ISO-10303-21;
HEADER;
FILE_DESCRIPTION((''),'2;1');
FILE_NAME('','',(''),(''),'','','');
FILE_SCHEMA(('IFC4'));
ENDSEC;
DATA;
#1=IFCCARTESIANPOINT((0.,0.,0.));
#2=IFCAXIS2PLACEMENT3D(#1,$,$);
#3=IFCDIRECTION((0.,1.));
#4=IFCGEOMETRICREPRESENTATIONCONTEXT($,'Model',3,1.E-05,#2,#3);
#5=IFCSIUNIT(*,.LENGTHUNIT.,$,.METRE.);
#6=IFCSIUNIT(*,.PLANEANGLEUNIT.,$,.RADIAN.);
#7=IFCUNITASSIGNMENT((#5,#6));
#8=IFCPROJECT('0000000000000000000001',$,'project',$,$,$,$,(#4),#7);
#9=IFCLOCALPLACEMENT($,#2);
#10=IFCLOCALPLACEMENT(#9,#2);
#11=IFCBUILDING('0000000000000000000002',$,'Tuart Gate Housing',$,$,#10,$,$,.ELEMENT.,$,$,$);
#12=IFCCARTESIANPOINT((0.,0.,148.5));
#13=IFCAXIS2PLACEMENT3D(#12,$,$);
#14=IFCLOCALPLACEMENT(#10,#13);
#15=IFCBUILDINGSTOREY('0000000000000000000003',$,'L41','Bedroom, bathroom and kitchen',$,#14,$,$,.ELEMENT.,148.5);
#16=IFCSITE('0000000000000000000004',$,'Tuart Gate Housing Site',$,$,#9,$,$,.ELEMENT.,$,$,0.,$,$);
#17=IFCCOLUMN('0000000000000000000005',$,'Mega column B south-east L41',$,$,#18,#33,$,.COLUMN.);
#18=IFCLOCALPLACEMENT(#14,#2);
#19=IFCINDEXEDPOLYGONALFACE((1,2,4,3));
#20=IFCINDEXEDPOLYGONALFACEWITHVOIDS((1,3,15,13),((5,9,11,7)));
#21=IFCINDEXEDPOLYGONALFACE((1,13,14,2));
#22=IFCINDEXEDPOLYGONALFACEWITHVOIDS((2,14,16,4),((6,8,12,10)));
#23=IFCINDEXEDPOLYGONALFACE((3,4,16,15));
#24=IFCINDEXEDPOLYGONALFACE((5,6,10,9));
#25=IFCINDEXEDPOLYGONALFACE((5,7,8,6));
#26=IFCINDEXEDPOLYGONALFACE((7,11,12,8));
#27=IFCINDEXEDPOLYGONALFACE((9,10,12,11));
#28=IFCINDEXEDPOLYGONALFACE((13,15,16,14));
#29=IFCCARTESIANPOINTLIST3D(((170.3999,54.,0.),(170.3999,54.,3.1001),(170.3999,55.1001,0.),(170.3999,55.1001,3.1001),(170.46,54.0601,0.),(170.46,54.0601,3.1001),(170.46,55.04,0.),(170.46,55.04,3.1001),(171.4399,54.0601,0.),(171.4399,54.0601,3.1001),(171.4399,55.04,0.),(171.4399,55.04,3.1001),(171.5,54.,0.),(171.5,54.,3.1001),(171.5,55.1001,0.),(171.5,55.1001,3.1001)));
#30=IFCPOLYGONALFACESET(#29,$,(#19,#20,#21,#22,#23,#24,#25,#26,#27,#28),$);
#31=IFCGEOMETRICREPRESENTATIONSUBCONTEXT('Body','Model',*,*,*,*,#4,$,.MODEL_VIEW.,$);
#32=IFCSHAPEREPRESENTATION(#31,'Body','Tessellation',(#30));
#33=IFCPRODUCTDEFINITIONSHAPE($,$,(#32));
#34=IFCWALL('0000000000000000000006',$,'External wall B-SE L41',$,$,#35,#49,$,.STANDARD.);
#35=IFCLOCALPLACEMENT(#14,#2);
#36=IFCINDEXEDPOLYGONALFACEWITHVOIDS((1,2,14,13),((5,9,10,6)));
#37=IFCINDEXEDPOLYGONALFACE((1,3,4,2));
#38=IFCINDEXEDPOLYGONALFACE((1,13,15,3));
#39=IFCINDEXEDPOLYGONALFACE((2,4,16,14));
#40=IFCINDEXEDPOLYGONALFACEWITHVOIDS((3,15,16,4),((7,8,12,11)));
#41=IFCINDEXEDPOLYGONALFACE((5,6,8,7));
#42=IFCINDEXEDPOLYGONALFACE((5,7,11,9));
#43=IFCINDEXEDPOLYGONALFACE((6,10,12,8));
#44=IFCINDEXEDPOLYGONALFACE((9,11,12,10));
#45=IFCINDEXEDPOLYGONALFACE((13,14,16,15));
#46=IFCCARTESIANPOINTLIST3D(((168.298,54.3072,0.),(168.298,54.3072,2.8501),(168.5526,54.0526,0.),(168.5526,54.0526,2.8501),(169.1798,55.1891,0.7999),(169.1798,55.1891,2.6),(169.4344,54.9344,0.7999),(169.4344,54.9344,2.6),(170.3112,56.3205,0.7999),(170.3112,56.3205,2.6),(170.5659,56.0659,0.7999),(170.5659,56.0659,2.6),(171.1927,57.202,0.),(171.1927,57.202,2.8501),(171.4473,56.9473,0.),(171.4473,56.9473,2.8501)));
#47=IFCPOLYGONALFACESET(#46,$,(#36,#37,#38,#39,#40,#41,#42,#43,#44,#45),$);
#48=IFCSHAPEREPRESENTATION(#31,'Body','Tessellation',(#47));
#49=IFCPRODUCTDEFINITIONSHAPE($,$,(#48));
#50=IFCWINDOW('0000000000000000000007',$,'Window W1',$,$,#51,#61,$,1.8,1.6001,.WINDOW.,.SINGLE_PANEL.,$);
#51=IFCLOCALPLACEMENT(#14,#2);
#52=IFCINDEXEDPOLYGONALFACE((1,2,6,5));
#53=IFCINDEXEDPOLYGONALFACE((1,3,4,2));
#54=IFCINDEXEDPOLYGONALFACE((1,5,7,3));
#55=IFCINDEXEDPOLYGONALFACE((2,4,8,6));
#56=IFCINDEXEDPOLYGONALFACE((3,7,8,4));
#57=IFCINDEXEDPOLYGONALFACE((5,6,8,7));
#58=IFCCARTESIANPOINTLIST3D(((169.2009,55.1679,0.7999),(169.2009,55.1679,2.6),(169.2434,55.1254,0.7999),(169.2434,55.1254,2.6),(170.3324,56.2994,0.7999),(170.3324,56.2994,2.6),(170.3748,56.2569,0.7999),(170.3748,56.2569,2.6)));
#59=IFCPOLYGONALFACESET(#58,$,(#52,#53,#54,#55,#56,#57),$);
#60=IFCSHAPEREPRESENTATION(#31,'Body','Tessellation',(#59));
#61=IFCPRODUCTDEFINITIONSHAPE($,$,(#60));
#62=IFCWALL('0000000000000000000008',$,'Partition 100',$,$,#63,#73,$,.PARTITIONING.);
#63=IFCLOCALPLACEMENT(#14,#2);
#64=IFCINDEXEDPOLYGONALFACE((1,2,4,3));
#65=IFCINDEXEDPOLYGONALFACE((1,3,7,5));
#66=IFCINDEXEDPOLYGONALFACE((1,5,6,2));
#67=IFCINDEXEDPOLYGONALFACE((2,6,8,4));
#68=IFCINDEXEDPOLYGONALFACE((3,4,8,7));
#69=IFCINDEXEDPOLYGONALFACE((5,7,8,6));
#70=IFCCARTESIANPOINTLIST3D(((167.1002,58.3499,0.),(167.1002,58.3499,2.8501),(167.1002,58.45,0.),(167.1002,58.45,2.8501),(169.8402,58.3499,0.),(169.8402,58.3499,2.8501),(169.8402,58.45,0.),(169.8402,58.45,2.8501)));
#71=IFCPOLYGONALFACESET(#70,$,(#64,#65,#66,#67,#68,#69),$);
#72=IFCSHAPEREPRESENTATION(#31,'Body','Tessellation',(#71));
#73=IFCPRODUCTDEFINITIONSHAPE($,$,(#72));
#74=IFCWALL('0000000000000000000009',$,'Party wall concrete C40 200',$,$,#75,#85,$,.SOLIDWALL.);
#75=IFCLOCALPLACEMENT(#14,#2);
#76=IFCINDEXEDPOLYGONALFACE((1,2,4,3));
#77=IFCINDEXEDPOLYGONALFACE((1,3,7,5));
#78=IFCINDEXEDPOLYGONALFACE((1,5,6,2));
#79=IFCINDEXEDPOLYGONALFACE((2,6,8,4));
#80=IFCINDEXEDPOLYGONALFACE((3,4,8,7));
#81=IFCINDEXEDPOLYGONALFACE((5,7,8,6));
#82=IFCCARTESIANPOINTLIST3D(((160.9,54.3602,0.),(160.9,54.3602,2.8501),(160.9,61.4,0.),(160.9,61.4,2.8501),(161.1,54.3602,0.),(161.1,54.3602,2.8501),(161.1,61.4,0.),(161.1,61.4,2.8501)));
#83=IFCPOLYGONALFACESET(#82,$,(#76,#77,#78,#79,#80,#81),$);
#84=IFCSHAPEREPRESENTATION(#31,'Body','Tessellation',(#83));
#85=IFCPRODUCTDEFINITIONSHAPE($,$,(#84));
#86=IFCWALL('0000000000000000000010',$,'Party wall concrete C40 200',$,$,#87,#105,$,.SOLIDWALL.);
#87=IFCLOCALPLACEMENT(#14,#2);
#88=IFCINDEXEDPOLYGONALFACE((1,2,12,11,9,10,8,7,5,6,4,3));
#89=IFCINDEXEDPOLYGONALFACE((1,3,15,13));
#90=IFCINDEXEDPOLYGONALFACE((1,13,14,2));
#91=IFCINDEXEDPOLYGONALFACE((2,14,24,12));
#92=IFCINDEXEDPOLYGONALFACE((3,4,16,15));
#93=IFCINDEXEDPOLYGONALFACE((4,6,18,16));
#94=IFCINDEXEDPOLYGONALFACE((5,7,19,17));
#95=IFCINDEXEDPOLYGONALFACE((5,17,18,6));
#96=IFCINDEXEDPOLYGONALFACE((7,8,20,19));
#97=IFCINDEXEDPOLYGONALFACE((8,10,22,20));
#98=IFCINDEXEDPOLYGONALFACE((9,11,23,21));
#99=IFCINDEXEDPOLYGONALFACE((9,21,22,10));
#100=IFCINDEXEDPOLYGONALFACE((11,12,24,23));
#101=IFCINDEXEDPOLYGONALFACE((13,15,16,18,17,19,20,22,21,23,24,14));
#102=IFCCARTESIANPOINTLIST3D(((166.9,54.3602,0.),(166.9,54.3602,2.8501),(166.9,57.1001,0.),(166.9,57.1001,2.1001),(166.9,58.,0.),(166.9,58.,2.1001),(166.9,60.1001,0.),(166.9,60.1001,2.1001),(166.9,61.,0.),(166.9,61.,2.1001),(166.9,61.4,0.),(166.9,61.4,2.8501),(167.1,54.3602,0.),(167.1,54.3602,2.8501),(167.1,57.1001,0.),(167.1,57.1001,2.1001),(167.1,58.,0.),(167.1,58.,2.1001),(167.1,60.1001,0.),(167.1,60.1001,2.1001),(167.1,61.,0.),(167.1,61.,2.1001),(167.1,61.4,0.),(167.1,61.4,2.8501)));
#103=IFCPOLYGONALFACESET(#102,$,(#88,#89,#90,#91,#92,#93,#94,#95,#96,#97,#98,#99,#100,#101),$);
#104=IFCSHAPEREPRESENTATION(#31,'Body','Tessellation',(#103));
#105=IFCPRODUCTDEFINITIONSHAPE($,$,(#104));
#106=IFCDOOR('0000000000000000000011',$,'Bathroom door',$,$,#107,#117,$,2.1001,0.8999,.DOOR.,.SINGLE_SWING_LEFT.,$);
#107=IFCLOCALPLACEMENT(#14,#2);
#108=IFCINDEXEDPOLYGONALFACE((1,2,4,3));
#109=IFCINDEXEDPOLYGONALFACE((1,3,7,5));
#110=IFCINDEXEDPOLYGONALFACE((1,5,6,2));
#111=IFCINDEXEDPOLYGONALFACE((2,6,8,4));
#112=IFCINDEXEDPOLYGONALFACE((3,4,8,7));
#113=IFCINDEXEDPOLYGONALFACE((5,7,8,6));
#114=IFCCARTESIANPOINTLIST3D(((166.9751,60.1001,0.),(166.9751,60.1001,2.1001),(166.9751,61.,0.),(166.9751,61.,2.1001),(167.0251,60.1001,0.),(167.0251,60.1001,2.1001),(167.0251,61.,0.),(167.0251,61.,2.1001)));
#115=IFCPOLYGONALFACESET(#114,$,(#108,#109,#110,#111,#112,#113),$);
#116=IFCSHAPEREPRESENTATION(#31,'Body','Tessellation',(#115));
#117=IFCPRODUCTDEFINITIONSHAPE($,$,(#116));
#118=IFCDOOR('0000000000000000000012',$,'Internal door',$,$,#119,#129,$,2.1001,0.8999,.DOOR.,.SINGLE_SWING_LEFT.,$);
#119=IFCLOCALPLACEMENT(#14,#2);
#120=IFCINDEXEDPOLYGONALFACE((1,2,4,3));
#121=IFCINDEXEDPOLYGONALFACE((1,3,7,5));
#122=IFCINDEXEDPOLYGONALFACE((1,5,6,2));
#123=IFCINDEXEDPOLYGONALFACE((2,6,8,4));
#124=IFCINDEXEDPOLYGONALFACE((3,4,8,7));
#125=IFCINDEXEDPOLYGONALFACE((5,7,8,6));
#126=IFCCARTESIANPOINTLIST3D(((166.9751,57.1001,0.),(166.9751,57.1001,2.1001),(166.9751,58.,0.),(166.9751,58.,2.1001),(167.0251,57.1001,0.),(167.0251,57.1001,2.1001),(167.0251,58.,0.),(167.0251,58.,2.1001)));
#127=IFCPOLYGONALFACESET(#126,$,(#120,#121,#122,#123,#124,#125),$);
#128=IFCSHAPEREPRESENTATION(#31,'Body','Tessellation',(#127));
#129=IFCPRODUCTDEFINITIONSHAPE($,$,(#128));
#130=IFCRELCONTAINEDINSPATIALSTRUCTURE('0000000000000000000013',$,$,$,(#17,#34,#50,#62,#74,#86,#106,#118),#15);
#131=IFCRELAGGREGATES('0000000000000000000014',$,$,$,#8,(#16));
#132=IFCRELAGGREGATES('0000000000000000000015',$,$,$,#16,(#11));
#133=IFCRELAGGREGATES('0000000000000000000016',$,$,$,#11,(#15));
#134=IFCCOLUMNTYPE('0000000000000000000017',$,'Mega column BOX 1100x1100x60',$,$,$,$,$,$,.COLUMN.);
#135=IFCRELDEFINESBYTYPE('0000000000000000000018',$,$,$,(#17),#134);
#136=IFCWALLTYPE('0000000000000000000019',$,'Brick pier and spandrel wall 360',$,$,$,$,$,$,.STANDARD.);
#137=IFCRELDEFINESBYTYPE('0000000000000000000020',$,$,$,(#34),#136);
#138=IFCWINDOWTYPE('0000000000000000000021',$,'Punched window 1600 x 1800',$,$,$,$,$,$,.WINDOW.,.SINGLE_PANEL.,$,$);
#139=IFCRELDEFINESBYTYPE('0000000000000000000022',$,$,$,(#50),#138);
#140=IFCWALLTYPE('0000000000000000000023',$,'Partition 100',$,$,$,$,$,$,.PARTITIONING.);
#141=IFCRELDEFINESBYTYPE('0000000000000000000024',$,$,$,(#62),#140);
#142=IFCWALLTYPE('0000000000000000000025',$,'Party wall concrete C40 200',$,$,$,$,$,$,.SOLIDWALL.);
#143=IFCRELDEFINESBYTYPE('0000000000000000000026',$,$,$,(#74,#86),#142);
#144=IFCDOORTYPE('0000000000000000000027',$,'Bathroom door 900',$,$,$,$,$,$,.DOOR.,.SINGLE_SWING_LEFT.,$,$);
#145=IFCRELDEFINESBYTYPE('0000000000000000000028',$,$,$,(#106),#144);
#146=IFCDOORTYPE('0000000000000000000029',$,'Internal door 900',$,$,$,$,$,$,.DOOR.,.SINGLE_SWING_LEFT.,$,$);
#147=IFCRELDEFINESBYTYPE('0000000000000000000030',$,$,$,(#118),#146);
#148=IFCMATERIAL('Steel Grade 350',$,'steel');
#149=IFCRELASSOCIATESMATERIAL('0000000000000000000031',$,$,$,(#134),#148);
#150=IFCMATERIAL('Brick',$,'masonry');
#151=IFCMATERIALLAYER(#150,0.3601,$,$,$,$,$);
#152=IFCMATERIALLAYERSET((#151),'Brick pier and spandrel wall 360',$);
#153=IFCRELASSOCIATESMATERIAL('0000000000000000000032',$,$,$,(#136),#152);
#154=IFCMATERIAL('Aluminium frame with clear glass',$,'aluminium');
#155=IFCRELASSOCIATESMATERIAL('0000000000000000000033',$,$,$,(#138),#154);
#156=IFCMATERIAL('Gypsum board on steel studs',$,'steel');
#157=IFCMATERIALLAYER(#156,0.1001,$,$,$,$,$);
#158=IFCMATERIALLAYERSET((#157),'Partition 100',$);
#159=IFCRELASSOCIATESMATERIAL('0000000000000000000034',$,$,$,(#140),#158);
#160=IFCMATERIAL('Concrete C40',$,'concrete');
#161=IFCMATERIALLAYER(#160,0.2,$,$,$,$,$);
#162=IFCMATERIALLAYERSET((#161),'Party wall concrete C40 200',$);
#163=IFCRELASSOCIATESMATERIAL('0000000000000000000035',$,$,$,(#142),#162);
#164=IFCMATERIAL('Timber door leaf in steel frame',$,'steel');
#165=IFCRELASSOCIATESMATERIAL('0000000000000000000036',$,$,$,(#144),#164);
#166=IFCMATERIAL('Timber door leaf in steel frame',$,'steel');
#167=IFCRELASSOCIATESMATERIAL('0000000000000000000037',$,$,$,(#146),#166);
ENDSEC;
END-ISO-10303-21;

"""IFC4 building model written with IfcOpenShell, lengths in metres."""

from ifc_helpers import new_model, si_unit, direction, frame, frame_2d, origin, origin_2d, place, context, subcontext, project, spatial, rectangle, hollow_rectangle, extrude, material, layer, layer_set, material_profile, profile_set, type_object, element, fill, save


model = new_model("IFC4")

# Units and contexts
model_context = context("Model", 3, precision=1e-05, world=origin(), true_north=direction((0.0, 1.0)))
body_context = subcontext(model_context, "Body", "Model", "MODEL_VIEW")
ifc_project = project(units=[si_unit("LENGTHUNIT", "METRE"), si_unit("PLANEANGLEUNIT", "RADIAN")], contexts=[model_context])

# Site, building, storey
site_placement = place(None, origin())
site = spatial("IfcSite", under=ifc_project, at=site_placement, Name="Tuart Gate Housing Site", CompositionType="ELEMENT", RefElevation=0.0)
building_placement = place(site_placement, origin())
building = spatial("IfcBuilding", under=site, at=building_placement, Name="Tuart Gate Housing", CompositionType="ELEMENT")
storey_placement = place(building_placement, frame((0.0, 0.0, 148.5)))
storey = spatial("IfcBuildingStorey", under=building, at=storey_placement, Name="L41", Description="Bedroom, bathroom and kitchen", CompositionType="ELEMENT", Elevation=148.5)

# Column
ifc_material_1 = material(Name="Steel Grade 350", Category="steel")
ifc_material_profile = material_profile(ifc_material_1, hollow_rectangle(XDim=1.1001, YDim=1.1001, WallThickness=0.0601, at=origin_2d()), Name="BOX 1100x1100x60")
ifc_profile_set = profile_set([ifc_material_profile], Name="Steel Grade 350")
column_type = type_object("IfcColumnType", Name="Mega column BOX 1100x1100x60", PredefinedType="COLUMN", material=ifc_profile_set)
column_placement = place(storey_placement, frame((170.95, 54.55, 0.0), z_axis=(0.0, 0.0, 1.0), x_axis=(1.0, 0.0, 0.0)))
element("IfcColumn", 1, at=column_placement, inside=storey, type_object=column_type, Name="Mega column B south-east L41", PredefinedType="COLUMN", context=body_context, shape_type="SweptSolid", body=[
    extrude(hollow_rectangle(XDim=1.1001, YDim=1.1001, WallThickness=0.0601, at=origin_2d()), origin(), (0.0, 0.0, 1.0), 3.1001),
])

# Wall, opening, window
ifc_material_2 = material(Name="Brick", Category="masonry")
ifc_layer_1 = layer(ifc_material_2, 0.3601)
ifc_layer_set_1 = layer_set([ifc_layer_1], Name="Brick pier and spandrel wall 360")
wall_type_1 = type_object("IfcWallType", Name="Brick pier and spandrel wall 360", PredefinedType="STANDARD", material=ifc_layer_set_1)
wall_1_placement = place(storey_placement, frame((168.4253, 54.1799, 0.0), z_axis=(0.0, 0.0, 1.0), x_axis=(0.707107, 0.707107, 0.0)))
wall_1 = element("IfcWall", 2, at=wall_1_placement, inside=storey, type_object=wall_type_1, Name="External wall B-SE L41", PredefinedType="STANDARD", context=body_context, shape_type="SweptSolid", body=[
    extrude(rectangle(XDim=4.0938, YDim=0.3601, at=frame_2d((2.0469, 0.0))), origin(), (0.0, 0.0, 1.0), 2.8501),
])
opening_1_placement = place(wall_1_placement, frame((1.2471, 0.0, 0.8)))
opening_1 = element("IfcOpeningElement", 3, at=opening_1_placement, cuts=wall_1, PredefinedType="OPENING", context=body_context, shape_type="SweptSolid", body=[
    extrude(rectangle(XDim=1.6001, YDim=1.8, at=frame_2d((0.8, 0.8999))), frame((0.0, 0.1899, 0.0), z_axis=(0.0, -1.0, 0.0), x_axis=(1.0, 0.0, 0.0)), (0.0, 0.0, 1.0), 0.3801),
])
ifc_material_3 = material(Name="Aluminium frame with clear glass", Category="aluminium")
window_type_1 = type_object("IfcWindowType", Name="Punched window 1600 x 1800", PartitioningType="SINGLE_PANEL", PredefinedType="WINDOW", material=ifc_material_3)
window_1_placement = place(opening_1_placement, origin())
window_1 = element("IfcWindow", 4, at=window_1_placement, inside=storey, type_object=window_type_1, Name="Window W1", OverallHeight=1.8, OverallWidth=1.6001, PartitioningType="SINGLE_PANEL", PredefinedType="WINDOW", context=body_context, shape_type="SweptSolid", body=[
    extrude(rectangle(XDim=1.6001, YDim=1.8, at=frame_2d((0.8, 0.8999))), frame((0.0, 0.1501, 0.0), z_axis=(0.0, -1.0, 0.0), x_axis=(1.0, 0.0, 0.0)), (0.0, 0.0, 1.0), 0.0601),
])
fill(opening_1, window_1)

# Walls
ifc_material_4 = material(Name="Gypsum board on steel studs", Category="steel")
ifc_layer_2 = layer(ifc_material_4, 0.1001)
ifc_layer_set_2 = layer_set([ifc_layer_2], Name="Partition 100")
wall_type_2 = type_object("IfcWallType", Name="Partition 100", PredefinedType="PARTITIONING", material=ifc_layer_set_2)
wall_2_placement = place(storey_placement, frame((167.1001, 58.3999, 0.0), z_axis=(0.0, 0.0, 1.0), x_axis=(1.0, 0.0, 0.0)))
element("IfcWall", 5, at=wall_2_placement, inside=storey, type_object=wall_type_2, Name="Partition 100", PredefinedType="PARTITIONING", context=body_context, shape_type="SweptSolid", body=[
    extrude(rectangle(XDim=2.74, YDim=0.1001, at=frame_2d((1.3701, 0.0))), origin(), (0.0, 0.0, 1.0), 2.8501),
])
ifc_material_5 = material(Name="Concrete C40", Category="concrete")
ifc_layer_3 = layer(ifc_material_5, 0.2)
ifc_layer_set_3 = layer_set([ifc_layer_3], Name="Party wall concrete C40 200")
wall_type_3 = type_object("IfcWallType", Name="Party wall concrete C40 200", PredefinedType="SOLIDWALL", material=ifc_layer_set_3)
wall_3_placement = place(storey_placement, frame((161.0, 54.3601, 0.0), z_axis=(0.0, 0.0, 1.0), x_axis=(0.0, 1.0, 0.0)))
element("IfcWall", 6, at=wall_3_placement, inside=storey, type_object=wall_type_3, Name="Party wall concrete C40 200", PredefinedType="SOLIDWALL", context=body_context, shape_type="SweptSolid", body=[
    extrude(rectangle(XDim=7.0398, YDim=0.2, at=frame_2d((3.52, 0.0))), origin(), (0.0, 0.0, 1.0), 2.8501),
])

# Wall, openings, doors
wall_4_placement = place(storey_placement, frame((167.0, 54.3601, 0.0), z_axis=(0.0, 0.0, 1.0), x_axis=(0.0, 1.0, 0.0)))
wall_4 = element("IfcWall", 7, at=wall_4_placement, inside=storey, type_object=wall_type_3, Name="Party wall concrete C40 200", PredefinedType="SOLIDWALL", context=body_context, shape_type="SweptSolid", body=[
    extrude(rectangle(XDim=7.0398, YDim=0.2, at=frame_2d((3.52, 0.0))), origin(), (0.0, 0.0, 1.0), 2.8501),
])
opening_2_placement = place(wall_4_placement, frame((2.74, 0.0, 0.0)))
opening_2 = element("IfcOpeningElement", 8, at=opening_2_placement, cuts=wall_4, PredefinedType="OPENING", context=body_context, shape_type="SweptSolid", body=[
    extrude(rectangle(XDim=0.8999, YDim=2.1001, at=frame_2d((0.45, 1.05))), frame((0.0, 0.1099, 0.0), z_axis=(0.0, -1.0, 0.0), x_axis=(1.0, 0.0, 0.0)), (0.0, 0.0, 1.0), 0.22),
])
opening_3_placement = place(wall_4_placement, frame((5.74, 0.0, 0.0)))
opening_3 = element("IfcOpeningElement", 9, at=opening_3_placement, cuts=wall_4, PredefinedType="OPENING", context=body_context, shape_type="SweptSolid", body=[
    extrude(rectangle(XDim=0.8999, YDim=2.1001, at=frame_2d((0.45, 1.05))), frame((0.0, 0.1099, 0.0), z_axis=(0.0, -1.0, 0.0), x_axis=(1.0, 0.0, 0.0)), (0.0, 0.0, 1.0), 0.22),
])
ifc_material_6 = material(Name="Timber door leaf in steel frame", Category="steel")
door_type_1 = type_object("IfcDoorType", Name="Bathroom door 900", OperationType="SINGLE_SWING_LEFT", PredefinedType="DOOR", material=ifc_material_6)
door_1_placement = place(opening_3_placement, frame((0.8999, 0.0, 0.0), z_axis=(0.0, 0.0, 1.0), x_axis=(-1.0, 0.0, 0.0)))
door_1 = element("IfcDoor", 10, at=door_1_placement, inside=storey, type_object=door_type_1, Name="Bathroom door", OperationType="SINGLE_SWING_LEFT", OverallHeight=2.1001, OverallWidth=0.8999, PredefinedType="DOOR", context=body_context, shape_type="SweptSolid", body=[
    extrude(rectangle(XDim=0.8999, YDim=2.1001, at=frame_2d((0.45, 1.05))), frame((0.0, 0.0251, 0.0), z_axis=(0.0, -1.0, 0.0), x_axis=(1.0, 0.0, 0.0)), (0.0, 0.0, 1.0), 0.05),
])
fill(opening_3, door_1)
ifc_material_7 = material(Name="Timber door leaf in steel frame", Category="steel")
door_type_2 = type_object("IfcDoorType", Name="Internal door 900", OperationType="SINGLE_SWING_LEFT", PredefinedType="DOOR", material=ifc_material_7)
door_2_placement = place(opening_2_placement, frame((0.8999, 0.0, 0.0), z_axis=(0.0, 0.0, 1.0), x_axis=(-1.0, 0.0, 0.0)))
door_2 = element("IfcDoor", 11, at=door_2_placement, inside=storey, type_object=door_type_2, Name="Internal door", OperationType="SINGLE_SWING_LEFT", OverallHeight=2.1001, OverallWidth=0.8999, PredefinedType="DOOR", context=body_context, shape_type="SweptSolid", body=[
    extrude(rectangle(XDim=0.8999, YDim=2.1001, at=frame_2d((0.45, 1.05))), frame((0.0, 0.0251, 0.0), z_axis=(0.0, -1.0, 0.0), x_axis=(1.0, 0.0, 0.0)), (0.0, 0.0, 1.0), 0.05),
])
fill(opening_2, door_2)

save(model, "model.ifc")
